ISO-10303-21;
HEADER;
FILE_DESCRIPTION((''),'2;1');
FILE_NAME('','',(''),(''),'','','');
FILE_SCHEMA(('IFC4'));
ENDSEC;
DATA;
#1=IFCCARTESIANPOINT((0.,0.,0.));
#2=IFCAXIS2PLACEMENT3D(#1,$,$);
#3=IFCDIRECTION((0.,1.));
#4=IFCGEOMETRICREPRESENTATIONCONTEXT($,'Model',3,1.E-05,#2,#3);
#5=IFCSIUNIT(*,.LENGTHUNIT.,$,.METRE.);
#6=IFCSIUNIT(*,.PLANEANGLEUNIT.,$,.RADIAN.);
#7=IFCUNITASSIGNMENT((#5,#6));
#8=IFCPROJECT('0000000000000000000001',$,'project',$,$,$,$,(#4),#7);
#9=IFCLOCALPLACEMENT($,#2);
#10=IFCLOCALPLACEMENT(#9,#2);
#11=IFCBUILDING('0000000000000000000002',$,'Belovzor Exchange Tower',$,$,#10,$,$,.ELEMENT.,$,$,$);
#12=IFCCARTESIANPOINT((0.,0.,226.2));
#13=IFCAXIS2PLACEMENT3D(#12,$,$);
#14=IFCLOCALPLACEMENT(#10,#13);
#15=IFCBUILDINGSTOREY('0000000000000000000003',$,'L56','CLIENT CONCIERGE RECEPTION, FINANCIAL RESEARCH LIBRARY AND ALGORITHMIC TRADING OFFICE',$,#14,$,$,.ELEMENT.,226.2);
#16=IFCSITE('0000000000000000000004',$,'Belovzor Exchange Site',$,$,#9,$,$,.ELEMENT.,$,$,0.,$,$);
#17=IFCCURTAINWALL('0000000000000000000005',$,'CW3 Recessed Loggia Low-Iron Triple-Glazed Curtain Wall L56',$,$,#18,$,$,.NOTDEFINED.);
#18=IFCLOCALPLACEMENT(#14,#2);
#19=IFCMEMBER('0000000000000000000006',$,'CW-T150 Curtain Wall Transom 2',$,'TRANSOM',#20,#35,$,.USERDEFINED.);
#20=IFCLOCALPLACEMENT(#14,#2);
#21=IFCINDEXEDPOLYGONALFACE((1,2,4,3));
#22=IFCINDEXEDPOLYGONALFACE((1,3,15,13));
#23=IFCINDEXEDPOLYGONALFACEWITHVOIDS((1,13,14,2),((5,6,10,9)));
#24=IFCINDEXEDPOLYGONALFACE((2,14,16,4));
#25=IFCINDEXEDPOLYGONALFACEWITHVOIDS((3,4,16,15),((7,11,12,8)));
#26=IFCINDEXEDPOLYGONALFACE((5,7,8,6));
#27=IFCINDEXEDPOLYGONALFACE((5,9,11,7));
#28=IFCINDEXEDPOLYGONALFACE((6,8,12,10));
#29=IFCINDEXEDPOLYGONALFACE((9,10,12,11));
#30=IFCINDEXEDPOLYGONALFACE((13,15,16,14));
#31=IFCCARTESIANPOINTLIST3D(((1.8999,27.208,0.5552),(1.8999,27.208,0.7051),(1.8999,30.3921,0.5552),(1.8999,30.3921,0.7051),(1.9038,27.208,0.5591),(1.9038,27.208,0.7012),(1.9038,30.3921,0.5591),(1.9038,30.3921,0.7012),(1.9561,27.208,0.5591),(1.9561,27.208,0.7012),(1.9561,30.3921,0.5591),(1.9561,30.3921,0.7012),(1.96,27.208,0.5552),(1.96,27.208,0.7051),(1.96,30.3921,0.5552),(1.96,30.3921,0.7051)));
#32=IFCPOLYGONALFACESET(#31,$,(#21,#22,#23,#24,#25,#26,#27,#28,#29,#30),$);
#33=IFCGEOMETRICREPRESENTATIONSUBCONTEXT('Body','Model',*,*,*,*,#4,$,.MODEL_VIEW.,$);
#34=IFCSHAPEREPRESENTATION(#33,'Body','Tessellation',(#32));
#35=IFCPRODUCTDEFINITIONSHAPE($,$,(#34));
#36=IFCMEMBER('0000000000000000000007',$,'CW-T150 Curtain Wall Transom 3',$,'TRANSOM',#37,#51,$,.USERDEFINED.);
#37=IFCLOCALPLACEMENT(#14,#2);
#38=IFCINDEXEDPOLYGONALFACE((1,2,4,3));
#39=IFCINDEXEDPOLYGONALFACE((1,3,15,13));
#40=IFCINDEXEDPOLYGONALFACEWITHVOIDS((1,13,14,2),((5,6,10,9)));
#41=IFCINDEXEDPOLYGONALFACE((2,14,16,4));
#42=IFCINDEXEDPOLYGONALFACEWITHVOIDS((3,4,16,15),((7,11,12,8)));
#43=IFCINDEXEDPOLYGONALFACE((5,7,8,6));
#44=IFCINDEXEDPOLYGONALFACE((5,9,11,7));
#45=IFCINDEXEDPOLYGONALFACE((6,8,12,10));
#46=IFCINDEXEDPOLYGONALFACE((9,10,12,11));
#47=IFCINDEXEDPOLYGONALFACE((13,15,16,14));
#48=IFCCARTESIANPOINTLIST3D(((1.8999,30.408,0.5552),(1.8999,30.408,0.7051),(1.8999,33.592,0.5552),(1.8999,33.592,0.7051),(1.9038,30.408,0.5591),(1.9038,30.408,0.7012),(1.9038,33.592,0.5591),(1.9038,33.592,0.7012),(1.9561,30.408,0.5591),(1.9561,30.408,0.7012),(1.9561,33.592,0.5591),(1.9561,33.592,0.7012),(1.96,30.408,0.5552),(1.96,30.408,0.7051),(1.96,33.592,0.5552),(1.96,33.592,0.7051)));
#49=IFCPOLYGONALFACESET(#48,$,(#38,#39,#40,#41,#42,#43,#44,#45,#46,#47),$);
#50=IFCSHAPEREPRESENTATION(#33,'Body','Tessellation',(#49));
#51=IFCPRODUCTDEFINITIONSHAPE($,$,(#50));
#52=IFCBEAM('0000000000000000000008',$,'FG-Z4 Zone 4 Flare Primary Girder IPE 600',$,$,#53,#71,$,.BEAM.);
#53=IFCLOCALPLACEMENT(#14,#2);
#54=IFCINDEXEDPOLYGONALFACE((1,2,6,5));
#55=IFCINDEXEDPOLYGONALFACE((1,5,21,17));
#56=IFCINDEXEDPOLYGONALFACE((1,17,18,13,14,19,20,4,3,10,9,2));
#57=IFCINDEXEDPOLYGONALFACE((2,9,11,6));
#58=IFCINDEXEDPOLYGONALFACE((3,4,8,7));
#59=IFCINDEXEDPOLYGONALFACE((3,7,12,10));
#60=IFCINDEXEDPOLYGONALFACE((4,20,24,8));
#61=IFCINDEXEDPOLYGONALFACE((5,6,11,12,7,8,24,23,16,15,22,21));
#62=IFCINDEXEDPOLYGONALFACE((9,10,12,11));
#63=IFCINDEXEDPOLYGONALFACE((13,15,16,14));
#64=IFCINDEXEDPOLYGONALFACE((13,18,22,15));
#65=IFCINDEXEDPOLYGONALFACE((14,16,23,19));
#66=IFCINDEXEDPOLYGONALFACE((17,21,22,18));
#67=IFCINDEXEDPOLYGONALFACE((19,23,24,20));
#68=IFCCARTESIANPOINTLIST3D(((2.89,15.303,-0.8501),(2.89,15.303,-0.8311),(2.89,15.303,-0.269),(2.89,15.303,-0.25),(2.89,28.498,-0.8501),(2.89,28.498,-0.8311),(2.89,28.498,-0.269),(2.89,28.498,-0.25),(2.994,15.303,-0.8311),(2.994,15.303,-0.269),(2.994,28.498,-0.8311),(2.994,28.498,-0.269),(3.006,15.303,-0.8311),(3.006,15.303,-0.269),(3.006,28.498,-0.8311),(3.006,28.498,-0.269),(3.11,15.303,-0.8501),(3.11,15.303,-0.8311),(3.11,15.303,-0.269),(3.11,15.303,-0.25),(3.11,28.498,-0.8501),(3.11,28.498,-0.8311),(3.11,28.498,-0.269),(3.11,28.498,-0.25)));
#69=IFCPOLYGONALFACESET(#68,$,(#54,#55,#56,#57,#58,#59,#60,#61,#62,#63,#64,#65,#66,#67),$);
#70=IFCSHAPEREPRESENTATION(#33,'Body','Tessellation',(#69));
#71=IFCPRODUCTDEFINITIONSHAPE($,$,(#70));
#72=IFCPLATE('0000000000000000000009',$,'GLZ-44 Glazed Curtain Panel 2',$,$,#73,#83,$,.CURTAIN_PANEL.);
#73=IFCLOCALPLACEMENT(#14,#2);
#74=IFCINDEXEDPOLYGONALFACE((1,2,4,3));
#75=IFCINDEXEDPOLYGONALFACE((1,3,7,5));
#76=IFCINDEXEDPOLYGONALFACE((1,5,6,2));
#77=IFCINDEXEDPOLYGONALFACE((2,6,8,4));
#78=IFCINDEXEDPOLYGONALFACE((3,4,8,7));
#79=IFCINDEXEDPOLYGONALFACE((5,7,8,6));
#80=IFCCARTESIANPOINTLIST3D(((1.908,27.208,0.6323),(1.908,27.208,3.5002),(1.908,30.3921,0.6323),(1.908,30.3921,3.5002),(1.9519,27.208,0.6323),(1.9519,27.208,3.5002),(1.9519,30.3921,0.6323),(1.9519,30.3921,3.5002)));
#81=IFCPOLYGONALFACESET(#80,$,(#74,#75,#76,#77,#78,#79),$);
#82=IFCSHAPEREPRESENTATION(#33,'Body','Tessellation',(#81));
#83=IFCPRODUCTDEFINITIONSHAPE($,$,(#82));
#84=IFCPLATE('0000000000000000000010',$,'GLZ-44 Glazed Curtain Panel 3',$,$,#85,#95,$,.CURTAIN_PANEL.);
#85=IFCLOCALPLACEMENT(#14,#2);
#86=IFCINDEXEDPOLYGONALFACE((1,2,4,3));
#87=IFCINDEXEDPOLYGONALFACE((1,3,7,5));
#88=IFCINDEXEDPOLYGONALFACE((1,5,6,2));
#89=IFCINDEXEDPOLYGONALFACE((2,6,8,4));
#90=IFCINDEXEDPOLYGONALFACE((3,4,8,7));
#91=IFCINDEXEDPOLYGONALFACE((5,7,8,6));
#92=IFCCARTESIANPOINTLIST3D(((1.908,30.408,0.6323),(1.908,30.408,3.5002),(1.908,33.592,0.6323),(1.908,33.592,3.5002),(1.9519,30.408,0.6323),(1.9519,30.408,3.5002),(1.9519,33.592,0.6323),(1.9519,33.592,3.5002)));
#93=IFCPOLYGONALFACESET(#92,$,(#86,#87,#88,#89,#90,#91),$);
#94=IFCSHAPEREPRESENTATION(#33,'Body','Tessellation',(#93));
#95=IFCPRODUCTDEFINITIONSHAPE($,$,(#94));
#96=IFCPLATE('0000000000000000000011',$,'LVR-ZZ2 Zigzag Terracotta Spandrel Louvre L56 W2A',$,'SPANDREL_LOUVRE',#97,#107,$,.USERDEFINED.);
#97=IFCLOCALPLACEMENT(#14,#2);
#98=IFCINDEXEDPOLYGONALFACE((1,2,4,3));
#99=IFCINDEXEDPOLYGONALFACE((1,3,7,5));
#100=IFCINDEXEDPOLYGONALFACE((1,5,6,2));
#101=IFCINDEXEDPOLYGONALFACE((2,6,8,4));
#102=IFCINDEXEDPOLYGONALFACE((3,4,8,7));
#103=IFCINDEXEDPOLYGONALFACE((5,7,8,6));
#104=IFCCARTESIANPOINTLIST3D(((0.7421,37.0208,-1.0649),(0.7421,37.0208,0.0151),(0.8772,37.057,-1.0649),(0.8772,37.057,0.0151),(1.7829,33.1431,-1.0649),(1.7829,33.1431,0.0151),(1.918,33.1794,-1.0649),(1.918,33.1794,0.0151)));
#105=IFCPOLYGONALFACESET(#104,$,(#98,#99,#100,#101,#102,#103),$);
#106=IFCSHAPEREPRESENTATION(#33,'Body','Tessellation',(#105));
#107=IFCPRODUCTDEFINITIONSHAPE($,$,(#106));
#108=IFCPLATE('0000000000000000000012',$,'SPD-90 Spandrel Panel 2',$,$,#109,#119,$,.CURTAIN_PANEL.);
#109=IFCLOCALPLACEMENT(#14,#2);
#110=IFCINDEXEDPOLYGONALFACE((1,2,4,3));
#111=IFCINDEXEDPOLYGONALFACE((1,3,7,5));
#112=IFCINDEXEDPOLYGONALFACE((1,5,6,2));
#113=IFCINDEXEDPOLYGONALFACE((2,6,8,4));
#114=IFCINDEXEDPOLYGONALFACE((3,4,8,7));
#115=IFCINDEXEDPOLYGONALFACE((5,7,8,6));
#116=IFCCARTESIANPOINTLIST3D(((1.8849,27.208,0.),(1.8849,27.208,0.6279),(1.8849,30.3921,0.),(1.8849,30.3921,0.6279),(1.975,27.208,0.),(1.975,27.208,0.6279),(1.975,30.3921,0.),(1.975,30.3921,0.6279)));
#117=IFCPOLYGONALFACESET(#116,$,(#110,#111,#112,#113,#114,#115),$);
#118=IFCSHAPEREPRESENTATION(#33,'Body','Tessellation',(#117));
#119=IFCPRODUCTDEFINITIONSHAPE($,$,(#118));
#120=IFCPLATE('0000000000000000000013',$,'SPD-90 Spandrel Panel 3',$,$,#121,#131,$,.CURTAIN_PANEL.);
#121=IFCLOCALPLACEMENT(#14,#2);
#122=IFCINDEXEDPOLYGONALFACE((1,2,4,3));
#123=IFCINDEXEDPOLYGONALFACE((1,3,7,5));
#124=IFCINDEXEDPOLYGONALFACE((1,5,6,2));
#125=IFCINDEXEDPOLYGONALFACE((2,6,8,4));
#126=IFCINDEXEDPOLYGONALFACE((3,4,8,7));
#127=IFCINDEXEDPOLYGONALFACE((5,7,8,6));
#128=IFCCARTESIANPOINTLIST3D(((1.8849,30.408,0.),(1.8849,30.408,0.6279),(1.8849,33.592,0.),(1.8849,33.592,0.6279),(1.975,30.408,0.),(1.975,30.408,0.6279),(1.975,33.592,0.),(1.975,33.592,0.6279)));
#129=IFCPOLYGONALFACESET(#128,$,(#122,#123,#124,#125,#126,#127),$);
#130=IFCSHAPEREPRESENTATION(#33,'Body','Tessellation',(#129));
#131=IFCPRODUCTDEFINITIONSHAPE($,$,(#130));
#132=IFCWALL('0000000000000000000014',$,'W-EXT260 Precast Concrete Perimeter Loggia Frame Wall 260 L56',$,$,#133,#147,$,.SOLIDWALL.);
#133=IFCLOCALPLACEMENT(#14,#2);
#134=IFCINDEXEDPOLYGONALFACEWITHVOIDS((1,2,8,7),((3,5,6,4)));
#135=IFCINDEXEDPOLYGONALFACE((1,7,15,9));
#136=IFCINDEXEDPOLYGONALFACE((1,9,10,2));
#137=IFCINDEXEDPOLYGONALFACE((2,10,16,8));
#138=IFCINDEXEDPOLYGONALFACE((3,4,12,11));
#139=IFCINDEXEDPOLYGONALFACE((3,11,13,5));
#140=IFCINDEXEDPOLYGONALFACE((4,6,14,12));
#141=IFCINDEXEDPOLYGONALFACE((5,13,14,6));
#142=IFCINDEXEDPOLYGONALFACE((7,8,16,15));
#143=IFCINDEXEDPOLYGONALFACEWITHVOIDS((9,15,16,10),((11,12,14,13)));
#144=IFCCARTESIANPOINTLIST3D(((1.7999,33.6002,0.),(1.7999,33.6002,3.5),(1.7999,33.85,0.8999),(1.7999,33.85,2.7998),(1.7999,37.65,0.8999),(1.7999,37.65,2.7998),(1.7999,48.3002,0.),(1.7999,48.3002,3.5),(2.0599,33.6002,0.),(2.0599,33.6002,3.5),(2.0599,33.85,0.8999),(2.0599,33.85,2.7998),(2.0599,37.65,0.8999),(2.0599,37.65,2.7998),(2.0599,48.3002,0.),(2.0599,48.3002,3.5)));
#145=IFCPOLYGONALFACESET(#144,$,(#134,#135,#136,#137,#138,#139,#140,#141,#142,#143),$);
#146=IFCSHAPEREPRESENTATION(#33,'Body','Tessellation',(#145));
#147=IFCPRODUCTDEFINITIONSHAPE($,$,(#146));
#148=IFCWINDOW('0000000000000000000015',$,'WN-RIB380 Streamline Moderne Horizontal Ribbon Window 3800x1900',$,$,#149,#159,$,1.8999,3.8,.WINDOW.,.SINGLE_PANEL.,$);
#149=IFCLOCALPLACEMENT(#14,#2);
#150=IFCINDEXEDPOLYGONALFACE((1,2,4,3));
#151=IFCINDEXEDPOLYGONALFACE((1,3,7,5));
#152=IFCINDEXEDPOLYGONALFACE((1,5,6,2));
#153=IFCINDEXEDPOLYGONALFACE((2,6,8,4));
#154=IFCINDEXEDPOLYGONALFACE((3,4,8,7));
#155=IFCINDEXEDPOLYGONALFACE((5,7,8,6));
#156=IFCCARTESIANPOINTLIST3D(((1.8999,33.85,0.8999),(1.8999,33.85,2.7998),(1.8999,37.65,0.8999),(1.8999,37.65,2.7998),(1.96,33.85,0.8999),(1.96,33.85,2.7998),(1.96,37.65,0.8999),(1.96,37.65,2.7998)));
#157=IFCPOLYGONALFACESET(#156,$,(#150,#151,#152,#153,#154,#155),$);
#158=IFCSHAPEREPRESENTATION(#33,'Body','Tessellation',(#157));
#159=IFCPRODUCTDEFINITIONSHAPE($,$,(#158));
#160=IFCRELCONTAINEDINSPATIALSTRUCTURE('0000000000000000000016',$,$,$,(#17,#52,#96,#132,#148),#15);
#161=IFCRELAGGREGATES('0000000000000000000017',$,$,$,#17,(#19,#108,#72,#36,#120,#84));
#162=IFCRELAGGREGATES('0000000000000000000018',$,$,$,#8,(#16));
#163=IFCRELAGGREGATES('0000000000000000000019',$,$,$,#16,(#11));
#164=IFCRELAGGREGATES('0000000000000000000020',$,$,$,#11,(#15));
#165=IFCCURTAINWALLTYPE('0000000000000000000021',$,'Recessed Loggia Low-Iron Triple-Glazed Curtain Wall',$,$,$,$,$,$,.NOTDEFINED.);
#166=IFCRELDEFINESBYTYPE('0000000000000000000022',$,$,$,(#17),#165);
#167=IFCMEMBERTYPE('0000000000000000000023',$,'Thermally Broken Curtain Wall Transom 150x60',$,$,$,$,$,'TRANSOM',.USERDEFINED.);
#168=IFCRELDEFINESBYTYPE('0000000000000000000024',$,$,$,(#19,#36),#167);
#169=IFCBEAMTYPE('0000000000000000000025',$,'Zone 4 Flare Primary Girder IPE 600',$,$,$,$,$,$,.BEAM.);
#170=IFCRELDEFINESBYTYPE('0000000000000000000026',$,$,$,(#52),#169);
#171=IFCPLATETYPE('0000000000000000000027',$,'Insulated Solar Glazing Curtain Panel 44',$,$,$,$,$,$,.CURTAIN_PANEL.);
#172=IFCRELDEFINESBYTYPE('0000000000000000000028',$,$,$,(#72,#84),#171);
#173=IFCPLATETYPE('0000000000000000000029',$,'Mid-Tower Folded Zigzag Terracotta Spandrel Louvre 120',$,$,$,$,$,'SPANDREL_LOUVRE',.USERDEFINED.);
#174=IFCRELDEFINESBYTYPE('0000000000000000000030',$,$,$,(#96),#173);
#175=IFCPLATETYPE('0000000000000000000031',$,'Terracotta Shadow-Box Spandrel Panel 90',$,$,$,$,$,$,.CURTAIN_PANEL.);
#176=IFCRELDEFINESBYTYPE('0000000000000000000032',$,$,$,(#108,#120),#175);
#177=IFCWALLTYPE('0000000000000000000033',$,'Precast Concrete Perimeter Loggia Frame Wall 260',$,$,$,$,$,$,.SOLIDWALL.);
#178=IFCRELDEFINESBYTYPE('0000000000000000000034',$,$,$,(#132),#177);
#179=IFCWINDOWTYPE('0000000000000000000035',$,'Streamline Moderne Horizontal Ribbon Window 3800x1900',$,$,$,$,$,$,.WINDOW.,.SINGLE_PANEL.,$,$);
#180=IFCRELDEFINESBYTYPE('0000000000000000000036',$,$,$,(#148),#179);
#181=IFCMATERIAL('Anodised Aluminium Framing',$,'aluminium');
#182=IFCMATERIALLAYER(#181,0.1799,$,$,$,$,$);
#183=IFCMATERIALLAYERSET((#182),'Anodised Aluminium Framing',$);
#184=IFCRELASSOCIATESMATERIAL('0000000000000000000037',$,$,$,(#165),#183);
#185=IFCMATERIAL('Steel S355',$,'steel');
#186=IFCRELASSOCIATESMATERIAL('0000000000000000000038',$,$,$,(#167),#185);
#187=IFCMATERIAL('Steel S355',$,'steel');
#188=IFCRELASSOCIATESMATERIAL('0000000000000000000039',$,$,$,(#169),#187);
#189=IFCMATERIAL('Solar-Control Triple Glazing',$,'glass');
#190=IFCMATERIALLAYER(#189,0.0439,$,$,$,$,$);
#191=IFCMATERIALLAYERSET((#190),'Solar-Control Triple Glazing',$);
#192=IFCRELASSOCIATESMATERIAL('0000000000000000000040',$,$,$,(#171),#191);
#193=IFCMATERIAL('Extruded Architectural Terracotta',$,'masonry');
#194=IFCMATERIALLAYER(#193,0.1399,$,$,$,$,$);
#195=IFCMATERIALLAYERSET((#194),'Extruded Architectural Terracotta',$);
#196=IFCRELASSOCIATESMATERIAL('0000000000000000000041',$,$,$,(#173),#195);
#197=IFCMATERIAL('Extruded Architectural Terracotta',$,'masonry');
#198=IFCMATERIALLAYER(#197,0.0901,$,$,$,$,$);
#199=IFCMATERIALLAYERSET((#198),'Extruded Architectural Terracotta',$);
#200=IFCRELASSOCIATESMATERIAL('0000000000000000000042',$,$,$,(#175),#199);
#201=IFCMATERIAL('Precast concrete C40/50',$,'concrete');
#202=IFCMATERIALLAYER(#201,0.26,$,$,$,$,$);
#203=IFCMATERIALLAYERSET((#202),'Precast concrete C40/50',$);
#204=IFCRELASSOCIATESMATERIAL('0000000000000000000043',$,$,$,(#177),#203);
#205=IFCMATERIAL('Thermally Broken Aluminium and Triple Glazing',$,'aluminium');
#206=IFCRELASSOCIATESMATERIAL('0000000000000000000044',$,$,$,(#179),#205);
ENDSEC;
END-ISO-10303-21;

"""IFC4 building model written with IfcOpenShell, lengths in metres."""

from ifc_helpers import new_model, si_unit, direction, frame, frame_2d, origin, origin_2d, place, context, subcontext, project, spatial, rectangle, hollow_rectangle, i_section, extrude, material, layer, layer_set, material_profile, profile_set, type_object, element, fill, aggregate, save


model = new_model("IFC4")

# Units and contexts
model_context = context("Model", 3, precision=1e-05, world=origin(), true_north=direction((0.0, 1.0)))
body_context = subcontext(model_context, "Body", "Model", "MODEL_VIEW")
ifc_project = project(units=[si_unit("LENGTHUNIT", "METRE"), si_unit("PLANEANGLEUNIT", "RADIAN")], contexts=[model_context])

# Site, building, storey
site_placement = place(None, origin())
site = spatial("IfcSite", under=ifc_project, at=site_placement, Name="Belovzor Exchange Site", CompositionType="ELEMENT", RefElevation=0.0)
building_placement = place(site_placement, origin())
building = spatial("IfcBuilding", under=site, at=building_placement, Name="Belovzor Exchange Tower", CompositionType="ELEMENT")
storey_placement = place(building_placement, frame((0.0, 0.0, 226.2)))
storey = spatial("IfcBuildingStorey", under=building, at=storey_placement, Name="L56", Description="CLIENT CONCIERGE RECEPTION, FINANCIAL RESEARCH LIBRARY AND ALGORITHMIC TRADING OFFICE", CompositionType="ELEMENT", Elevation=226.2)

# Curtain wall, members
ifc_material_1 = material(Name="Anodised Aluminium Framing", Category="aluminium")
ifc_layer_1 = layer(ifc_material_1, 0.1799)
ifc_layer_set_1 = layer_set([ifc_layer_1], Name="Anodised Aluminium Framing")
curtain_wall_type = type_object("IfcCurtainWallType", Name="Recessed Loggia Low-Iron Triple-Glazed Curtain Wall", PredefinedType="NOTDEFINED", material=ifc_layer_set_1)
curtain_wall_placement = place(storey_placement, origin())
curtain_wall = element("IfcCurtainWall", 1, at=curtain_wall_placement, inside=storey, type_object=curtain_wall_type, Name="CW3 Recessed Loggia Low-Iron Triple-Glazed Curtain Wall L56", PredefinedType="NOTDEFINED")
ifc_material_2 = material(Name="Steel S355", Category="steel")
ifc_material_profile_1 = material_profile(ifc_material_2, hollow_rectangle(XDim=0.0601, YDim=0.1499, WallThickness=0.0039, at=origin_2d()))
ifc_profile_set_1 = profile_set([ifc_material_profile_1], Name="Steel S355")
member_type_1 = type_object("IfcMemberType", Name="Thermally Broken Curtain Wall Transom 150x60", ElementType="TRANSOM", PredefinedType="USERDEFINED", material=ifc_profile_set_1)
member_1_placement = place(storey_placement, frame((1.9299, 27.208, 0.6301), z_axis=(0.0, 1.0, 0.0), x_axis=(-1.0, 0.0, 0.0)))
member_1 = element("IfcMember", 2, at=member_1_placement, type_object=member_type_1, Name="CW-T150 Curtain Wall Transom 2", ObjectType="TRANSOM", PredefinedType="USERDEFINED", context=body_context, shape_type="SweptSolid", body=[
    extrude(hollow_rectangle(XDim=0.0601, YDim=0.1499, WallThickness=0.0039, at=origin_2d()), origin(), (0.0, 0.0, 1.0), 3.1841),
])
member_2_placement = place(storey_placement, frame((1.9299, 30.408, 0.6301), z_axis=(0.0, 1.0, 0.0), x_axis=(-1.0, 0.0, 0.0)))
member_2 = element("IfcMember", 3, at=member_2_placement, type_object=member_type_1, Name="CW-T150 Curtain Wall Transom 3", ObjectType="TRANSOM", PredefinedType="USERDEFINED", context=body_context, shape_type="SweptSolid", body=[
    extrude(hollow_rectangle(XDim=0.0601, YDim=0.1499, WallThickness=0.0039, at=origin_2d()), origin(), (0.0, 0.0, 1.0), 3.1841),
])

# Beam
ifc_material_3 = material(Name="Steel S355", Category="steel")
ifc_material_profile_2 = material_profile(ifc_material_3, i_section(OverallWidth=0.22, OverallDepth=0.6001, WebThickness=0.012, FlangeThickness=0.019, at=origin_2d()))
ifc_profile_set_2 = profile_set([ifc_material_profile_2], Name="Steel S355")
beam_type_1 = type_object("IfcBeamType", Name="Zone 4 Flare Primary Girder IPE 600", PredefinedType="BEAM", material=ifc_profile_set_2)
beam_1_placement = place(storey_placement, frame((3.0, 28.498, -0.55), z_axis=(0.0, -1.0, 0.0), x_axis=(1.0, 0.0, 0.0)))
element("IfcBeam", 4, at=beam_1_placement, inside=storey, type_object=beam_type_1, Name="FG-Z4 Zone 4 Flare Primary Girder IPE 600", PredefinedType="BEAM", context=body_context, shape_type="SweptSolid", body=[
    extrude(i_section(OverallWidth=0.22, OverallDepth=0.6001, WebThickness=0.012, FlangeThickness=0.019, at=origin_2d()), origin(), (0.0, 0.0, 1.0), 13.1951),
])

# Plates
ifc_material_4 = material(Name="Solar-Control Triple Glazing", Category="glass")
ifc_layer_2 = layer(ifc_material_4, 0.0439)
ifc_layer_set_2 = layer_set([ifc_layer_2], Name="Solar-Control Triple Glazing")
plate_type_1 = type_object("IfcPlateType", Name="Insulated Solar Glazing Curtain Panel 44", PredefinedType="CURTAIN_PANEL", material=ifc_layer_set_2)
plate_1_placement = place(storey_placement, frame((1.9299, 28.8, 0.6323), z_axis=(0.0, 0.0, 1.0), x_axis=(0.0, 1.0, 0.0)))
plate_1 = element("IfcPlate", 5, at=plate_1_placement, type_object=plate_type_1, Name="GLZ-44 Glazed Curtain Panel 2", PredefinedType="CURTAIN_PANEL", context=body_context, shape_type="SweptSolid", body=[
    extrude(rectangle(XDim=3.1841, YDim=0.0439, at=origin_2d()), origin(), (0.0, 0.0, 1.0), 2.8679),
])
plate_2_placement = place(storey_placement, frame((1.9299, 32.0, 0.6323), z_axis=(0.0, 0.0, 1.0), x_axis=(0.0, 1.0, 0.0)))
plate_2 = element("IfcPlate", 6, at=plate_2_placement, type_object=plate_type_1, Name="GLZ-44 Glazed Curtain Panel 3", PredefinedType="CURTAIN_PANEL", context=body_context, shape_type="SweptSolid", body=[
    extrude(rectangle(XDim=3.1841, YDim=0.0439, at=origin_2d()), origin(), (0.0, 0.0, 1.0), 2.8679),
])
ifc_material_5 = material(Name="Extruded Architectural Terracotta", Category="masonry")
ifc_layer_3 = layer(ifc_material_5, 0.1399)
ifc_layer_set_3 = layer_set([ifc_layer_3], Name="Extruded Architectural Terracotta")
plate_type_2 = type_object("IfcPlateType", Name="Mid-Tower Folded Zigzag Terracotta Spandrel Louvre 120", ElementType="SPANDREL_LOUVRE", PredefinedType="USERDEFINED", material=ifc_layer_set_3)
plate_3_placement = place(storey_placement, frame((1.3301, 35.1001, -1.0649), z_axis=(0.0, 0.0, 1.0), x_axis=(-0.25924, 0.965813, 0.0)))
element("IfcPlate", 7, at=plate_3_placement, inside=storey, type_object=plate_type_2, Name="LVR-ZZ2 Zigzag Terracotta Spandrel Louvre L56 W2A", ObjectType="SPANDREL_LOUVRE", PredefinedType="USERDEFINED", context=body_context, shape_type="SweptSolid", body=[
    extrude(rectangle(XDim=4.0149, YDim=0.1399, at=origin_2d()), origin(), (0.0, 0.0, 1.0), 1.0801),
])
ifc_material_6 = material(Name="Extruded Architectural Terracotta", Category="masonry")
ifc_layer_4 = layer(ifc_material_6, 0.0901)
ifc_layer_set_4 = layer_set([ifc_layer_4], Name="Extruded Architectural Terracotta")
plate_type_3 = type_object("IfcPlateType", Name="Terracotta Shadow-Box Spandrel Panel 90", PredefinedType="CURTAIN_PANEL", material=ifc_layer_set_4)
plate_4_placement = place(storey_placement, frame((1.9299, 28.8, 0.0), z_axis=(0.0, 0.0, 1.0), x_axis=(0.0, 1.0, 0.0)))
plate_4 = element("IfcPlate", 8, at=plate_4_placement, type_object=plate_type_3, Name="SPD-90 Spandrel Panel 2", PredefinedType="CURTAIN_PANEL", context=body_context, shape_type="SweptSolid", body=[
    extrude(rectangle(XDim=3.1841, YDim=0.0901, at=origin_2d()), origin(), (0.0, 0.0, 1.0), 0.6279),
])
plate_5_placement = place(storey_placement, frame((1.9299, 32.0, 0.0), z_axis=(0.0, 0.0, 1.0), x_axis=(0.0, 1.0, 0.0)))
plate_5 = element("IfcPlate", 9, at=plate_5_placement, type_object=plate_type_3, Name="SPD-90 Spandrel Panel 3", PredefinedType="CURTAIN_PANEL", context=body_context, shape_type="SweptSolid", body=[
    extrude(rectangle(XDim=3.1841, YDim=0.0901, at=origin_2d()), origin(), (0.0, 0.0, 1.0), 0.6279),
])
aggregate(curtain_wall, [member_1, plate_4, plate_1, member_2, plate_5, plate_2])

# Wall, opening, window
ifc_material_7 = material(Name="Precast concrete C40/50", Category="concrete")
ifc_layer_5 = layer(ifc_material_7, 0.26)
ifc_layer_set_5 = layer_set([ifc_layer_5], Name="Precast concrete C40/50")
wall_type = type_object("IfcWallType", Name="Precast Concrete Perimeter Loggia Frame Wall 260", PredefinedType="SOLIDWALL", material=ifc_layer_set_5)
wall_placement = place(storey_placement, frame((1.9299, 33.6001, 0.0), z_axis=(0.0, 0.0, 1.0), x_axis=(0.0, 1.0, 0.0)))
wall = element("IfcWall", 10, at=wall_placement, inside=storey, type_object=wall_type, Name="W-EXT260 Precast Concrete Perimeter Loggia Frame Wall 260 L56", PredefinedType="SOLIDWALL", context=body_context, shape_type="SweptSolid", body=[
    extrude(rectangle(XDim=14.7, YDim=0.26, at=frame_2d((7.3501, 0.0))), origin(), (0.0, 0.0, 1.0), 3.5),
])
opening_placement = place(wall_placement, frame((0.25, 0.0, 0.8999)))
opening = element("IfcOpeningElement", 11, at=opening_placement, cuts=wall, PredefinedType="OPENING", context=body_context, shape_type="SweptSolid", body=[
    extrude(rectangle(XDim=3.8, YDim=1.8999, at=frame_2d((1.8999, 0.95))), frame((0.0, 0.1399, 0.0), z_axis=(0.0, -1.0, 0.0), x_axis=(1.0, 0.0, 0.0)), (0.0, 0.0, 1.0), 0.28),
])
ifc_material_8 = material(Name="Thermally Broken Aluminium and Triple Glazing", Category="aluminium")
window_type = type_object("IfcWindowType", Name="Streamline Moderne Horizontal Ribbon Window 3800x1900", PartitioningType="SINGLE_PANEL", PredefinedType="WINDOW", material=ifc_material_8)
window_placement = place(opening_placement, origin())
window = element("IfcWindow", 12, at=window_placement, inside=storey, type_object=window_type, Name="WN-RIB380 Streamline Moderne Horizontal Ribbon Window 3800x1900", OverallHeight=1.8999, OverallWidth=3.8, PartitioningType="SINGLE_PANEL", PredefinedType="WINDOW", context=body_context, shape_type="SweptSolid", body=[
    extrude(rectangle(XDim=3.8, YDim=1.8999, at=frame_2d((1.8999, 0.95))), frame((0.0, 0.03, 0.0), z_axis=(0.0, -1.0, 0.0), x_axis=(1.0, 0.0, 0.0)), (0.0, 0.0, 1.0), 0.0601),
])
fill(opening, window)

save(model, "model.ifc")
